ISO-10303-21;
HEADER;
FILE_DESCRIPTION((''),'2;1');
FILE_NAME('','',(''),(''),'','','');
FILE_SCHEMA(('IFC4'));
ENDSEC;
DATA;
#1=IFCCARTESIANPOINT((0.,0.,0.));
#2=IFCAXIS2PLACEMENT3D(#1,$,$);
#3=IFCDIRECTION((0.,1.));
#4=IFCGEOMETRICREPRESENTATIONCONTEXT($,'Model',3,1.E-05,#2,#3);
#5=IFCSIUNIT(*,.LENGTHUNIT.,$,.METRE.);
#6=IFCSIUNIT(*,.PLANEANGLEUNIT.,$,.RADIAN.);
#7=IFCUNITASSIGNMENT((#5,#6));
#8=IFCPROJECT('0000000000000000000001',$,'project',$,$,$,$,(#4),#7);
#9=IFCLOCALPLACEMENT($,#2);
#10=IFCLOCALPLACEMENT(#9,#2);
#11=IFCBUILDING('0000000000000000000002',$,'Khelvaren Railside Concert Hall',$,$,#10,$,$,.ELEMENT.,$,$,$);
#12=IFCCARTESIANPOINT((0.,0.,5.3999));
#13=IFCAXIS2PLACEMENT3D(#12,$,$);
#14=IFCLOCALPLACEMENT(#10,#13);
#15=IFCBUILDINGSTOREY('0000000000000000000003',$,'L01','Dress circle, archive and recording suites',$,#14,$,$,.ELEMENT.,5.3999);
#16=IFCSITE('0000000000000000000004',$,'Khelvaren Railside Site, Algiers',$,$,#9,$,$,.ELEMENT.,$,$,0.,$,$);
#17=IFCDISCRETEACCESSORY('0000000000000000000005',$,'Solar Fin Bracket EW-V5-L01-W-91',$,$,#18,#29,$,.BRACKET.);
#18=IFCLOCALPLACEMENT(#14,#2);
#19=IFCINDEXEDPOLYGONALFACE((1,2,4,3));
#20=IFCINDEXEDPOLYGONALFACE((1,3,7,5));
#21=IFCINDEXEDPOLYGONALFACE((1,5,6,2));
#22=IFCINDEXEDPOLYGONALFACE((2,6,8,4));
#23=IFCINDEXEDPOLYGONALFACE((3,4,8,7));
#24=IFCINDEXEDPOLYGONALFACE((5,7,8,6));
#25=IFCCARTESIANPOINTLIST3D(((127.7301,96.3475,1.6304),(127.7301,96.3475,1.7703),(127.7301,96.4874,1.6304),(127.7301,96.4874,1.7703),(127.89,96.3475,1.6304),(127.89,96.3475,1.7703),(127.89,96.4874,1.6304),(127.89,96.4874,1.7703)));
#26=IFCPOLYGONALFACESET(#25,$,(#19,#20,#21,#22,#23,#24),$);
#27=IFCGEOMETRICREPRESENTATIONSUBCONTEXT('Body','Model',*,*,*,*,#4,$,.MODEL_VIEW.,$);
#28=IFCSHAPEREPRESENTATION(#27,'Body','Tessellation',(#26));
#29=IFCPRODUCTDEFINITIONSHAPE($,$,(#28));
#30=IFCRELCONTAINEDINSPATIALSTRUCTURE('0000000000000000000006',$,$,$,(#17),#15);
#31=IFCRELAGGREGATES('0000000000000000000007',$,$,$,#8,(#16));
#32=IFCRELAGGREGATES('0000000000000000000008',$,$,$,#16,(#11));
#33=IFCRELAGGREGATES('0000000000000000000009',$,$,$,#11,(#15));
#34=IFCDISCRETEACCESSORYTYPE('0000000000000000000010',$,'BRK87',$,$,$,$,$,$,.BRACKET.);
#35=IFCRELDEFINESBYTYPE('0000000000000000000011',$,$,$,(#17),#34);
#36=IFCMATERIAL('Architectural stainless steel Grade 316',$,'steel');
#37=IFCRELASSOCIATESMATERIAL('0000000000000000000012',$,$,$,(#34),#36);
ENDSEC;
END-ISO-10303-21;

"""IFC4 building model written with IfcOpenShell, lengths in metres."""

from ifc_helpers import new_model, si_unit, direction, frame, origin, origin_2d, place, context, subcontext, project, spatial, rectangle, extrude, material, type_object, element, save


model = new_model("IFC4")

# Units and contexts
model_context = context("Model", 3, precision=1e-05, world=origin(), true_north=direction((0.0, 1.0)))
body_context = subcontext(model_context, "Body", "Model", "MODEL_VIEW")
ifc_project = project(units=[si_unit("LENGTHUNIT", "METRE"), si_unit("PLANEANGLEUNIT", "RADIAN")], contexts=[model_context])

# Site, building, storey
site_placement = place(None, origin())
site = spatial("IfcSite", under=ifc_project, at=site_placement, Name="Khelvaren Railside Site, Algiers", CompositionType="ELEMENT", RefElevation=0.0)
building_placement = place(site_placement, origin())
building = spatial("IfcBuilding", under=site, at=building_placement, Name="Khelvaren Railside Concert Hall", CompositionType="ELEMENT")
storey_placement = place(building_placement, frame((0.0, 0.0, 5.3999)))
storey = spatial("IfcBuildingStorey", under=building, at=storey_placement, Name="L01", Description="Dress circle, archive and recording suites", CompositionType="ELEMENT", Elevation=5.3999)

# Discrete accessory
ifc_material_1 = material(Name="Architectural stainless steel Grade 316", Category="steel")
discrete_accessory_type_1 = type_object("IfcDiscreteAccessoryType", Name="BRK87", PredefinedType="BRACKET", material=ifc_material_1)
discrete_accessory_placement = place(storey_placement, frame((127.8101, 96.4175, 1.6304), z_axis=(0.0, 0.0, 1.0), x_axis=(0.0, 1.0, 0.0)))
element("IfcDiscreteAccessory", 1, at=discrete_accessory_placement, inside=storey, type_object=discrete_accessory_type_1, Name="Solar Fin Bracket EW-V5-L01-W-91", PredefinedType="BRACKET", context=body_context, shape_type="SweptSolid", body=[
    extrude(rectangle(XDim=0.1399, YDim=0.1599, at=origin_2d()), origin(), (0.0, 0.0, 1.0), 0.1399),
])

save(model, "model.ifc")
